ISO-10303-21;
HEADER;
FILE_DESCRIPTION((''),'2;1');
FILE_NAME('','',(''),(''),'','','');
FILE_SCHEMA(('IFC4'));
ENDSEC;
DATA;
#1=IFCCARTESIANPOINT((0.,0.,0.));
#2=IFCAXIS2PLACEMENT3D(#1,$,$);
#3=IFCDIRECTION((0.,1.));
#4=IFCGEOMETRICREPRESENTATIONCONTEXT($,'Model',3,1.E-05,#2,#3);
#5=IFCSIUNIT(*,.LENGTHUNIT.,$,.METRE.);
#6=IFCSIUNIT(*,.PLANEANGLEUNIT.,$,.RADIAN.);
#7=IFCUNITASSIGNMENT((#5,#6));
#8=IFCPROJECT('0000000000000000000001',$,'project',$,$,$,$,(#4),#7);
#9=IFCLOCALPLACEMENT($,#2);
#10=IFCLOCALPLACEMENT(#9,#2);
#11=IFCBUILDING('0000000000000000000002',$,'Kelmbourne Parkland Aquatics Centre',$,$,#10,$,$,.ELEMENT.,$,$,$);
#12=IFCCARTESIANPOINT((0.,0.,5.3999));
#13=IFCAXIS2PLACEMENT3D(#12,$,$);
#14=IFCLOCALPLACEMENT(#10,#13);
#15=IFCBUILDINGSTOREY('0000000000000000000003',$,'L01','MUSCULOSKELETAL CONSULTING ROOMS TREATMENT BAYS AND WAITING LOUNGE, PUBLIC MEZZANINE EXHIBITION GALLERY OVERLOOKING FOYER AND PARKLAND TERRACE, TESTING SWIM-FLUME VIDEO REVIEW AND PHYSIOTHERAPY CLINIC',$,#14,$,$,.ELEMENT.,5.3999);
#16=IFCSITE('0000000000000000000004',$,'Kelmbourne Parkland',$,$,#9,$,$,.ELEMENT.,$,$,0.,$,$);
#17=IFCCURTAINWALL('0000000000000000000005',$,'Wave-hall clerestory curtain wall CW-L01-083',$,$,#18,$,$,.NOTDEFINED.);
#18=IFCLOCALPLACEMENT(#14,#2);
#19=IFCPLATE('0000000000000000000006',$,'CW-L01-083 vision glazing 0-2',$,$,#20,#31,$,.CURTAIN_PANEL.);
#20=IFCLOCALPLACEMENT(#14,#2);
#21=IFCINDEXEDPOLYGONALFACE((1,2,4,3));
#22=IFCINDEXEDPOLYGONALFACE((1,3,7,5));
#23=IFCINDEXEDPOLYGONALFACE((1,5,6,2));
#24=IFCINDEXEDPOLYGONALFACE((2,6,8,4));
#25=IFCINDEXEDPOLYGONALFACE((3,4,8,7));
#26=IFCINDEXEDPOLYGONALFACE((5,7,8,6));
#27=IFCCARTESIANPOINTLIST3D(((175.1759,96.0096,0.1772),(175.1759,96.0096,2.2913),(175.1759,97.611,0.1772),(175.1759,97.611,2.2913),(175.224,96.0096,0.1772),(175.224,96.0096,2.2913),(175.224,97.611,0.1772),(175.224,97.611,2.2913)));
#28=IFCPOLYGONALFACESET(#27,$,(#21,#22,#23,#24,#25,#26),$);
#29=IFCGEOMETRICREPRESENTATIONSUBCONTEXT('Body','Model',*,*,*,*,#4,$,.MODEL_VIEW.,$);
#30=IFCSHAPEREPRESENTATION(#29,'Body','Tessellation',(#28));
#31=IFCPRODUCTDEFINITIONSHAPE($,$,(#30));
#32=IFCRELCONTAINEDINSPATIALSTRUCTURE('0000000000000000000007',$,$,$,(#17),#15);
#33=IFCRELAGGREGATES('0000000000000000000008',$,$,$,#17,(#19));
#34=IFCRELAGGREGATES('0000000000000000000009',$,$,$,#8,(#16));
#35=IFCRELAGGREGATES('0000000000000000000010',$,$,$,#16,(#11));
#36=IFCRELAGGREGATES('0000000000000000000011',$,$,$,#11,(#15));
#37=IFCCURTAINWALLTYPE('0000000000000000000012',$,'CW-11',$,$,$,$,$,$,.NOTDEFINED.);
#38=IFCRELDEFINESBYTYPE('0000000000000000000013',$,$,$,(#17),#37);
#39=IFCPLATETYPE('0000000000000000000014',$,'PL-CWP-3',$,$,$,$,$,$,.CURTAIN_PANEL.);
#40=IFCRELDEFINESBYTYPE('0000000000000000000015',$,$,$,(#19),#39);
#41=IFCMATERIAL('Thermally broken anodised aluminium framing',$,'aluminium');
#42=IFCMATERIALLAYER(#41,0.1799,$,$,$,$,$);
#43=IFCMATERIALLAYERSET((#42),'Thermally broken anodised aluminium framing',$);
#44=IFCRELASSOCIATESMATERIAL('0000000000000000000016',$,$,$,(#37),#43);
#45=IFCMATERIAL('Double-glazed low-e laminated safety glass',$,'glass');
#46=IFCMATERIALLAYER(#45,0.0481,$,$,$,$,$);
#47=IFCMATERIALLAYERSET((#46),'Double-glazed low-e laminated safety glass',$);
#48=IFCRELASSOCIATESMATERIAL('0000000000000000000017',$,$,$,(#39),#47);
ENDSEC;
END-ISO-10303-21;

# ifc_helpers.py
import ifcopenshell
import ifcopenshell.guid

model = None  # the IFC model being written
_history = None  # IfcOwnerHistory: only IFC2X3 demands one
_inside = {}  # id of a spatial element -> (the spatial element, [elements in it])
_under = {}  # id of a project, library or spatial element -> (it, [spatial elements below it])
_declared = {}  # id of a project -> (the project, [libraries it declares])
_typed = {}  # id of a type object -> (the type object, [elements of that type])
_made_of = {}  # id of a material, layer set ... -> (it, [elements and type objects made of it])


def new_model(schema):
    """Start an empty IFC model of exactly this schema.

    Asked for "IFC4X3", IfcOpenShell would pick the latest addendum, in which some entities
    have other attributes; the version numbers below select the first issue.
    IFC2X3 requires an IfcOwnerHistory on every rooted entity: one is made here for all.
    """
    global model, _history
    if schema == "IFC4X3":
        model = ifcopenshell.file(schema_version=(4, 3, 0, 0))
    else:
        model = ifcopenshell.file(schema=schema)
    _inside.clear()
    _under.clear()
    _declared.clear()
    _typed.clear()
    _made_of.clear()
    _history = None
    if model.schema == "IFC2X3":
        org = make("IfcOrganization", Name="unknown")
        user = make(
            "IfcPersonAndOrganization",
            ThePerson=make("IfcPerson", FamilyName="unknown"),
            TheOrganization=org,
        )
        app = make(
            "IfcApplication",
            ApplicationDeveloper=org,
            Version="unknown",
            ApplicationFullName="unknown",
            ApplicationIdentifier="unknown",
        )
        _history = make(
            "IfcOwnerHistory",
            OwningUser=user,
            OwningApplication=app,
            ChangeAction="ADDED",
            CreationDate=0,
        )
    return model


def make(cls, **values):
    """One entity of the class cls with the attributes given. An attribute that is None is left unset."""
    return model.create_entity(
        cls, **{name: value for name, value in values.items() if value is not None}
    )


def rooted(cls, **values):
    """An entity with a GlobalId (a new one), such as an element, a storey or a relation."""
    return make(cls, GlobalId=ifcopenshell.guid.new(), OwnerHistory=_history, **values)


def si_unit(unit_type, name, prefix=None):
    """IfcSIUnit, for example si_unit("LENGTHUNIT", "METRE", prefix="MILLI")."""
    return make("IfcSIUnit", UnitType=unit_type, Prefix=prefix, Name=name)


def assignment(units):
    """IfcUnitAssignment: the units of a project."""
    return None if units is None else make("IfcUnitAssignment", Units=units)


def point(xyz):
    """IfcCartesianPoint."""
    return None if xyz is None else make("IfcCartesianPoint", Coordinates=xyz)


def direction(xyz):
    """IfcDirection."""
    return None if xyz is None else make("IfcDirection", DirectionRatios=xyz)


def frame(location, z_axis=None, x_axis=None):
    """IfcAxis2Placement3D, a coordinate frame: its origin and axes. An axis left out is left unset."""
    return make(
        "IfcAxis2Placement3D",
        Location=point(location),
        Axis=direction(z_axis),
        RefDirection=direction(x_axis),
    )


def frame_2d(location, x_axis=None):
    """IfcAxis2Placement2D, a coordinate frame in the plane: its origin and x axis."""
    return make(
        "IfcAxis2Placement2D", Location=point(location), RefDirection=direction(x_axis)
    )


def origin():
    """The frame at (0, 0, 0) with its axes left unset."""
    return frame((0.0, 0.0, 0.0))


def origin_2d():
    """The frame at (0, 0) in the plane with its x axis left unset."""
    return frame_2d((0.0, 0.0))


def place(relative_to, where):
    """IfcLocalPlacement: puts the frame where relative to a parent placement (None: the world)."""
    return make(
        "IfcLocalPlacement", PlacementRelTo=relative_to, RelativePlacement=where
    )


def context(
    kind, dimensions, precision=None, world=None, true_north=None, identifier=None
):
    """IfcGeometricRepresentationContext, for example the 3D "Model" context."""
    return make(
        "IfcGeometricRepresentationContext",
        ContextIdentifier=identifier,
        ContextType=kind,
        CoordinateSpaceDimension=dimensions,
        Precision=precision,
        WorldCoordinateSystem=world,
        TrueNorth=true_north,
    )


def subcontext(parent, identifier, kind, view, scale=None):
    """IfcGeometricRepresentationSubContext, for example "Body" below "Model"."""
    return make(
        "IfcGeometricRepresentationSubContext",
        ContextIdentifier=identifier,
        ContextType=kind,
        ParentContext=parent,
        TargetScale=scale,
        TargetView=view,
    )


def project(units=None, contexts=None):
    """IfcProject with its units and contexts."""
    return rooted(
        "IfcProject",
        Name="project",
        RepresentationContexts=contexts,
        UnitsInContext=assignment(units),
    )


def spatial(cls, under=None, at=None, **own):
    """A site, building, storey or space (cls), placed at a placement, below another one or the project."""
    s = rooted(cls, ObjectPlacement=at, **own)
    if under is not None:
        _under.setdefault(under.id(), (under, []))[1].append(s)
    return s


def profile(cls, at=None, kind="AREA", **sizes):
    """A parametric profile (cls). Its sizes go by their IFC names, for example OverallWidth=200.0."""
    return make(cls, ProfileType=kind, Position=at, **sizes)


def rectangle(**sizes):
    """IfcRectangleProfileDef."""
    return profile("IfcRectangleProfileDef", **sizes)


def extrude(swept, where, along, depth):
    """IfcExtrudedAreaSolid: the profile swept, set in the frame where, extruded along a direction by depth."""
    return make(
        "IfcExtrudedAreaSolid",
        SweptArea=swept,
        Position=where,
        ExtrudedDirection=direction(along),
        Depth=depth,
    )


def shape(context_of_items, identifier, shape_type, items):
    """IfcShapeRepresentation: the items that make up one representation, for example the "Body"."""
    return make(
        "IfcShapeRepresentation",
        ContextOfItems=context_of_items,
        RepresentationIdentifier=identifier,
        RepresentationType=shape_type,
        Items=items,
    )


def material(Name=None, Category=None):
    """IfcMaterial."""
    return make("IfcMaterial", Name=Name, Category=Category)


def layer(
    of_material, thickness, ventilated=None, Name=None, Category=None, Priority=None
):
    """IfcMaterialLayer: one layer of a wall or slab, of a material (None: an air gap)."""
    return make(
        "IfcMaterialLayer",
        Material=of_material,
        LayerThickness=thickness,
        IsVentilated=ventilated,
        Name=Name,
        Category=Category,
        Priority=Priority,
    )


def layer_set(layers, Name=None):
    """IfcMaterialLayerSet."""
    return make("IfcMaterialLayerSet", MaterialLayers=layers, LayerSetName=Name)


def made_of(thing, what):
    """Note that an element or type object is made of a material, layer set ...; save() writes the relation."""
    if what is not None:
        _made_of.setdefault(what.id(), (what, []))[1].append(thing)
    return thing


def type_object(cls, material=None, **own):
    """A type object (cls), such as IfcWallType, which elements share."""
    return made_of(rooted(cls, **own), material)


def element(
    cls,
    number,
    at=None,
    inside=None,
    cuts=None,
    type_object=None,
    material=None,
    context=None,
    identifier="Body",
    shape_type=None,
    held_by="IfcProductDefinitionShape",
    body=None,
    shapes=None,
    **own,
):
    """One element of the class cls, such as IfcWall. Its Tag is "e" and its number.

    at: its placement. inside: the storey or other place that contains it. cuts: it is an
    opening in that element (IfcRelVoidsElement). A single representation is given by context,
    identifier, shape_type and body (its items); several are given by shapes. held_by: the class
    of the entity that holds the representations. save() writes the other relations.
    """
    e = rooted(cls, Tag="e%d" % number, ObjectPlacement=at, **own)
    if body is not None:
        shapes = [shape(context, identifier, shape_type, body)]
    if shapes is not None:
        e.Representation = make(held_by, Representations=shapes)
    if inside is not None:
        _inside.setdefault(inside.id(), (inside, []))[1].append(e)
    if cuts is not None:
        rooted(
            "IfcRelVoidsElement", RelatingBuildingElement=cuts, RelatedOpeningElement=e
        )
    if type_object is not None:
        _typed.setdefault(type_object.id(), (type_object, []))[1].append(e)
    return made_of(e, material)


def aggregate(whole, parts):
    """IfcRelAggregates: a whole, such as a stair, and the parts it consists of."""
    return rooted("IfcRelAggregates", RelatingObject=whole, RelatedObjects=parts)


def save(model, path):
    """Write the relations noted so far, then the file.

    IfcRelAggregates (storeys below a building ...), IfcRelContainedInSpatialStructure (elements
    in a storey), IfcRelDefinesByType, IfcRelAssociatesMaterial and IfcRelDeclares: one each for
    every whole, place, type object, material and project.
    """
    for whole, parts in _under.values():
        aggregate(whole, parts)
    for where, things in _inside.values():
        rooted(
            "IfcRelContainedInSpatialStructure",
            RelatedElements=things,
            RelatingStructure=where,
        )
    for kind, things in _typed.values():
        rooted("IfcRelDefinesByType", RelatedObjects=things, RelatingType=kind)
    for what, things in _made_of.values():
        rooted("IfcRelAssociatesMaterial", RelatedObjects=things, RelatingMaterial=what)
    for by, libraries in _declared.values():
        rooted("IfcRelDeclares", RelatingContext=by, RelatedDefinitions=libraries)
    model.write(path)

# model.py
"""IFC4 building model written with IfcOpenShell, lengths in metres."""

from ifc_helpers import new_model, si_unit, direction, frame, origin, origin_2d, place, context, subcontext, project, spatial, rectangle, extrude, material, layer, layer_set, type_object, element, aggregate, save


model = new_model("IFC4")

# Units and contexts
model_context = context("Model", 3, precision=1e-05, world=origin(), true_north=direction((0.0, 1.0)))
body_context = subcontext(model_context, "Body", "Model", "MODEL_VIEW")
ifc_project = project(units=[si_unit("LENGTHUNIT", "METRE"), si_unit("PLANEANGLEUNIT", "RADIAN")], contexts=[model_context])

# Site, building, storey
site_placement = place(None, origin())
site = spatial("IfcSite", under=ifc_project, at=site_placement, Name="Kelmbourne Parkland", CompositionType="ELEMENT", RefElevation=0.0)
building_placement = place(site_placement, origin())
building = spatial("IfcBuilding", under=site, at=building_placement, Name="Kelmbourne Parkland Aquatics Centre", CompositionType="ELEMENT")
storey_placement = place(building_placement, frame((0.0, 0.0, 5.3999)))
storey = spatial("IfcBuildingStorey", under=building, at=storey_placement, Name="L01", Description="MUSCULOSKELETAL CONSULTING ROOMS TREATMENT BAYS AND WAITING LOUNGE, PUBLIC MEZZANINE EXHIBITION GALLERY OVERLOOKING FOYER AND PARKLAND TERRACE, TESTING SWIM-FLUME VIDEO REVIEW AND PHYSIOTHERAPY CLINIC", CompositionType="ELEMENT", Elevation=5.3999)

# Shared definitions
ifc_material_1 = material(Name="Thermally broken anodised aluminium framing", Category="aluminium")

# Curtain wall
ifc_layer_1 = layer(ifc_material_1, 0.1799)
ifc_layer_set_1 = layer_set([ifc_layer_1], Name="Thermally broken anodised aluminium framing")
curtain_wall_type_1 = type_object("IfcCurtainWallType", Name="CW-11", PredefinedType="NOTDEFINED", material=ifc_layer_set_1)
curtain_wall_1_placement = place(storey_placement, origin())
curtain_wall_1 = element("IfcCurtainWall", 1, at=curtain_wall_1_placement, inside=storey, type_object=curtain_wall_type_1, Name="Wave-hall clerestory curtain wall CW-L01-083", PredefinedType="NOTDEFINED")

# Plate
ifc_material_2 = material(Name="Double-glazed low-e laminated safety glass", Category="glass")
ifc_layer_2 = layer(ifc_material_2, 0.0481)
ifc_layer_set_2 = layer_set([ifc_layer_2], Name="Double-glazed low-e laminated safety glass")
plate_type_1 = type_object("IfcPlateType", Name="PL-CWP-3", PredefinedType="CURTAIN_PANEL", material=ifc_layer_set_2)
plate_1_placement = place(storey_placement, frame((175.2, 96.8103, 0.1772), z_axis=(0.0, 0.0, 1.0), x_axis=(0.0, 1.0, 0.0)))
plate_1 = element("IfcPlate", 2, at=plate_1_placement, type_object=plate_type_1, Name="CW-L01-083 vision glazing 0-2", PredefinedType="CURTAIN_PANEL", context=body_context, shape_type="SweptSolid", body=[
    extrude(rectangle(XDim=1.6013, YDim=0.0481, at=origin_2d()), origin(), (0.0, 0.0, 1.0), 2.114),
])
aggregate(curtain_wall_1, [plate_1])

save(model, "model.ifc")
